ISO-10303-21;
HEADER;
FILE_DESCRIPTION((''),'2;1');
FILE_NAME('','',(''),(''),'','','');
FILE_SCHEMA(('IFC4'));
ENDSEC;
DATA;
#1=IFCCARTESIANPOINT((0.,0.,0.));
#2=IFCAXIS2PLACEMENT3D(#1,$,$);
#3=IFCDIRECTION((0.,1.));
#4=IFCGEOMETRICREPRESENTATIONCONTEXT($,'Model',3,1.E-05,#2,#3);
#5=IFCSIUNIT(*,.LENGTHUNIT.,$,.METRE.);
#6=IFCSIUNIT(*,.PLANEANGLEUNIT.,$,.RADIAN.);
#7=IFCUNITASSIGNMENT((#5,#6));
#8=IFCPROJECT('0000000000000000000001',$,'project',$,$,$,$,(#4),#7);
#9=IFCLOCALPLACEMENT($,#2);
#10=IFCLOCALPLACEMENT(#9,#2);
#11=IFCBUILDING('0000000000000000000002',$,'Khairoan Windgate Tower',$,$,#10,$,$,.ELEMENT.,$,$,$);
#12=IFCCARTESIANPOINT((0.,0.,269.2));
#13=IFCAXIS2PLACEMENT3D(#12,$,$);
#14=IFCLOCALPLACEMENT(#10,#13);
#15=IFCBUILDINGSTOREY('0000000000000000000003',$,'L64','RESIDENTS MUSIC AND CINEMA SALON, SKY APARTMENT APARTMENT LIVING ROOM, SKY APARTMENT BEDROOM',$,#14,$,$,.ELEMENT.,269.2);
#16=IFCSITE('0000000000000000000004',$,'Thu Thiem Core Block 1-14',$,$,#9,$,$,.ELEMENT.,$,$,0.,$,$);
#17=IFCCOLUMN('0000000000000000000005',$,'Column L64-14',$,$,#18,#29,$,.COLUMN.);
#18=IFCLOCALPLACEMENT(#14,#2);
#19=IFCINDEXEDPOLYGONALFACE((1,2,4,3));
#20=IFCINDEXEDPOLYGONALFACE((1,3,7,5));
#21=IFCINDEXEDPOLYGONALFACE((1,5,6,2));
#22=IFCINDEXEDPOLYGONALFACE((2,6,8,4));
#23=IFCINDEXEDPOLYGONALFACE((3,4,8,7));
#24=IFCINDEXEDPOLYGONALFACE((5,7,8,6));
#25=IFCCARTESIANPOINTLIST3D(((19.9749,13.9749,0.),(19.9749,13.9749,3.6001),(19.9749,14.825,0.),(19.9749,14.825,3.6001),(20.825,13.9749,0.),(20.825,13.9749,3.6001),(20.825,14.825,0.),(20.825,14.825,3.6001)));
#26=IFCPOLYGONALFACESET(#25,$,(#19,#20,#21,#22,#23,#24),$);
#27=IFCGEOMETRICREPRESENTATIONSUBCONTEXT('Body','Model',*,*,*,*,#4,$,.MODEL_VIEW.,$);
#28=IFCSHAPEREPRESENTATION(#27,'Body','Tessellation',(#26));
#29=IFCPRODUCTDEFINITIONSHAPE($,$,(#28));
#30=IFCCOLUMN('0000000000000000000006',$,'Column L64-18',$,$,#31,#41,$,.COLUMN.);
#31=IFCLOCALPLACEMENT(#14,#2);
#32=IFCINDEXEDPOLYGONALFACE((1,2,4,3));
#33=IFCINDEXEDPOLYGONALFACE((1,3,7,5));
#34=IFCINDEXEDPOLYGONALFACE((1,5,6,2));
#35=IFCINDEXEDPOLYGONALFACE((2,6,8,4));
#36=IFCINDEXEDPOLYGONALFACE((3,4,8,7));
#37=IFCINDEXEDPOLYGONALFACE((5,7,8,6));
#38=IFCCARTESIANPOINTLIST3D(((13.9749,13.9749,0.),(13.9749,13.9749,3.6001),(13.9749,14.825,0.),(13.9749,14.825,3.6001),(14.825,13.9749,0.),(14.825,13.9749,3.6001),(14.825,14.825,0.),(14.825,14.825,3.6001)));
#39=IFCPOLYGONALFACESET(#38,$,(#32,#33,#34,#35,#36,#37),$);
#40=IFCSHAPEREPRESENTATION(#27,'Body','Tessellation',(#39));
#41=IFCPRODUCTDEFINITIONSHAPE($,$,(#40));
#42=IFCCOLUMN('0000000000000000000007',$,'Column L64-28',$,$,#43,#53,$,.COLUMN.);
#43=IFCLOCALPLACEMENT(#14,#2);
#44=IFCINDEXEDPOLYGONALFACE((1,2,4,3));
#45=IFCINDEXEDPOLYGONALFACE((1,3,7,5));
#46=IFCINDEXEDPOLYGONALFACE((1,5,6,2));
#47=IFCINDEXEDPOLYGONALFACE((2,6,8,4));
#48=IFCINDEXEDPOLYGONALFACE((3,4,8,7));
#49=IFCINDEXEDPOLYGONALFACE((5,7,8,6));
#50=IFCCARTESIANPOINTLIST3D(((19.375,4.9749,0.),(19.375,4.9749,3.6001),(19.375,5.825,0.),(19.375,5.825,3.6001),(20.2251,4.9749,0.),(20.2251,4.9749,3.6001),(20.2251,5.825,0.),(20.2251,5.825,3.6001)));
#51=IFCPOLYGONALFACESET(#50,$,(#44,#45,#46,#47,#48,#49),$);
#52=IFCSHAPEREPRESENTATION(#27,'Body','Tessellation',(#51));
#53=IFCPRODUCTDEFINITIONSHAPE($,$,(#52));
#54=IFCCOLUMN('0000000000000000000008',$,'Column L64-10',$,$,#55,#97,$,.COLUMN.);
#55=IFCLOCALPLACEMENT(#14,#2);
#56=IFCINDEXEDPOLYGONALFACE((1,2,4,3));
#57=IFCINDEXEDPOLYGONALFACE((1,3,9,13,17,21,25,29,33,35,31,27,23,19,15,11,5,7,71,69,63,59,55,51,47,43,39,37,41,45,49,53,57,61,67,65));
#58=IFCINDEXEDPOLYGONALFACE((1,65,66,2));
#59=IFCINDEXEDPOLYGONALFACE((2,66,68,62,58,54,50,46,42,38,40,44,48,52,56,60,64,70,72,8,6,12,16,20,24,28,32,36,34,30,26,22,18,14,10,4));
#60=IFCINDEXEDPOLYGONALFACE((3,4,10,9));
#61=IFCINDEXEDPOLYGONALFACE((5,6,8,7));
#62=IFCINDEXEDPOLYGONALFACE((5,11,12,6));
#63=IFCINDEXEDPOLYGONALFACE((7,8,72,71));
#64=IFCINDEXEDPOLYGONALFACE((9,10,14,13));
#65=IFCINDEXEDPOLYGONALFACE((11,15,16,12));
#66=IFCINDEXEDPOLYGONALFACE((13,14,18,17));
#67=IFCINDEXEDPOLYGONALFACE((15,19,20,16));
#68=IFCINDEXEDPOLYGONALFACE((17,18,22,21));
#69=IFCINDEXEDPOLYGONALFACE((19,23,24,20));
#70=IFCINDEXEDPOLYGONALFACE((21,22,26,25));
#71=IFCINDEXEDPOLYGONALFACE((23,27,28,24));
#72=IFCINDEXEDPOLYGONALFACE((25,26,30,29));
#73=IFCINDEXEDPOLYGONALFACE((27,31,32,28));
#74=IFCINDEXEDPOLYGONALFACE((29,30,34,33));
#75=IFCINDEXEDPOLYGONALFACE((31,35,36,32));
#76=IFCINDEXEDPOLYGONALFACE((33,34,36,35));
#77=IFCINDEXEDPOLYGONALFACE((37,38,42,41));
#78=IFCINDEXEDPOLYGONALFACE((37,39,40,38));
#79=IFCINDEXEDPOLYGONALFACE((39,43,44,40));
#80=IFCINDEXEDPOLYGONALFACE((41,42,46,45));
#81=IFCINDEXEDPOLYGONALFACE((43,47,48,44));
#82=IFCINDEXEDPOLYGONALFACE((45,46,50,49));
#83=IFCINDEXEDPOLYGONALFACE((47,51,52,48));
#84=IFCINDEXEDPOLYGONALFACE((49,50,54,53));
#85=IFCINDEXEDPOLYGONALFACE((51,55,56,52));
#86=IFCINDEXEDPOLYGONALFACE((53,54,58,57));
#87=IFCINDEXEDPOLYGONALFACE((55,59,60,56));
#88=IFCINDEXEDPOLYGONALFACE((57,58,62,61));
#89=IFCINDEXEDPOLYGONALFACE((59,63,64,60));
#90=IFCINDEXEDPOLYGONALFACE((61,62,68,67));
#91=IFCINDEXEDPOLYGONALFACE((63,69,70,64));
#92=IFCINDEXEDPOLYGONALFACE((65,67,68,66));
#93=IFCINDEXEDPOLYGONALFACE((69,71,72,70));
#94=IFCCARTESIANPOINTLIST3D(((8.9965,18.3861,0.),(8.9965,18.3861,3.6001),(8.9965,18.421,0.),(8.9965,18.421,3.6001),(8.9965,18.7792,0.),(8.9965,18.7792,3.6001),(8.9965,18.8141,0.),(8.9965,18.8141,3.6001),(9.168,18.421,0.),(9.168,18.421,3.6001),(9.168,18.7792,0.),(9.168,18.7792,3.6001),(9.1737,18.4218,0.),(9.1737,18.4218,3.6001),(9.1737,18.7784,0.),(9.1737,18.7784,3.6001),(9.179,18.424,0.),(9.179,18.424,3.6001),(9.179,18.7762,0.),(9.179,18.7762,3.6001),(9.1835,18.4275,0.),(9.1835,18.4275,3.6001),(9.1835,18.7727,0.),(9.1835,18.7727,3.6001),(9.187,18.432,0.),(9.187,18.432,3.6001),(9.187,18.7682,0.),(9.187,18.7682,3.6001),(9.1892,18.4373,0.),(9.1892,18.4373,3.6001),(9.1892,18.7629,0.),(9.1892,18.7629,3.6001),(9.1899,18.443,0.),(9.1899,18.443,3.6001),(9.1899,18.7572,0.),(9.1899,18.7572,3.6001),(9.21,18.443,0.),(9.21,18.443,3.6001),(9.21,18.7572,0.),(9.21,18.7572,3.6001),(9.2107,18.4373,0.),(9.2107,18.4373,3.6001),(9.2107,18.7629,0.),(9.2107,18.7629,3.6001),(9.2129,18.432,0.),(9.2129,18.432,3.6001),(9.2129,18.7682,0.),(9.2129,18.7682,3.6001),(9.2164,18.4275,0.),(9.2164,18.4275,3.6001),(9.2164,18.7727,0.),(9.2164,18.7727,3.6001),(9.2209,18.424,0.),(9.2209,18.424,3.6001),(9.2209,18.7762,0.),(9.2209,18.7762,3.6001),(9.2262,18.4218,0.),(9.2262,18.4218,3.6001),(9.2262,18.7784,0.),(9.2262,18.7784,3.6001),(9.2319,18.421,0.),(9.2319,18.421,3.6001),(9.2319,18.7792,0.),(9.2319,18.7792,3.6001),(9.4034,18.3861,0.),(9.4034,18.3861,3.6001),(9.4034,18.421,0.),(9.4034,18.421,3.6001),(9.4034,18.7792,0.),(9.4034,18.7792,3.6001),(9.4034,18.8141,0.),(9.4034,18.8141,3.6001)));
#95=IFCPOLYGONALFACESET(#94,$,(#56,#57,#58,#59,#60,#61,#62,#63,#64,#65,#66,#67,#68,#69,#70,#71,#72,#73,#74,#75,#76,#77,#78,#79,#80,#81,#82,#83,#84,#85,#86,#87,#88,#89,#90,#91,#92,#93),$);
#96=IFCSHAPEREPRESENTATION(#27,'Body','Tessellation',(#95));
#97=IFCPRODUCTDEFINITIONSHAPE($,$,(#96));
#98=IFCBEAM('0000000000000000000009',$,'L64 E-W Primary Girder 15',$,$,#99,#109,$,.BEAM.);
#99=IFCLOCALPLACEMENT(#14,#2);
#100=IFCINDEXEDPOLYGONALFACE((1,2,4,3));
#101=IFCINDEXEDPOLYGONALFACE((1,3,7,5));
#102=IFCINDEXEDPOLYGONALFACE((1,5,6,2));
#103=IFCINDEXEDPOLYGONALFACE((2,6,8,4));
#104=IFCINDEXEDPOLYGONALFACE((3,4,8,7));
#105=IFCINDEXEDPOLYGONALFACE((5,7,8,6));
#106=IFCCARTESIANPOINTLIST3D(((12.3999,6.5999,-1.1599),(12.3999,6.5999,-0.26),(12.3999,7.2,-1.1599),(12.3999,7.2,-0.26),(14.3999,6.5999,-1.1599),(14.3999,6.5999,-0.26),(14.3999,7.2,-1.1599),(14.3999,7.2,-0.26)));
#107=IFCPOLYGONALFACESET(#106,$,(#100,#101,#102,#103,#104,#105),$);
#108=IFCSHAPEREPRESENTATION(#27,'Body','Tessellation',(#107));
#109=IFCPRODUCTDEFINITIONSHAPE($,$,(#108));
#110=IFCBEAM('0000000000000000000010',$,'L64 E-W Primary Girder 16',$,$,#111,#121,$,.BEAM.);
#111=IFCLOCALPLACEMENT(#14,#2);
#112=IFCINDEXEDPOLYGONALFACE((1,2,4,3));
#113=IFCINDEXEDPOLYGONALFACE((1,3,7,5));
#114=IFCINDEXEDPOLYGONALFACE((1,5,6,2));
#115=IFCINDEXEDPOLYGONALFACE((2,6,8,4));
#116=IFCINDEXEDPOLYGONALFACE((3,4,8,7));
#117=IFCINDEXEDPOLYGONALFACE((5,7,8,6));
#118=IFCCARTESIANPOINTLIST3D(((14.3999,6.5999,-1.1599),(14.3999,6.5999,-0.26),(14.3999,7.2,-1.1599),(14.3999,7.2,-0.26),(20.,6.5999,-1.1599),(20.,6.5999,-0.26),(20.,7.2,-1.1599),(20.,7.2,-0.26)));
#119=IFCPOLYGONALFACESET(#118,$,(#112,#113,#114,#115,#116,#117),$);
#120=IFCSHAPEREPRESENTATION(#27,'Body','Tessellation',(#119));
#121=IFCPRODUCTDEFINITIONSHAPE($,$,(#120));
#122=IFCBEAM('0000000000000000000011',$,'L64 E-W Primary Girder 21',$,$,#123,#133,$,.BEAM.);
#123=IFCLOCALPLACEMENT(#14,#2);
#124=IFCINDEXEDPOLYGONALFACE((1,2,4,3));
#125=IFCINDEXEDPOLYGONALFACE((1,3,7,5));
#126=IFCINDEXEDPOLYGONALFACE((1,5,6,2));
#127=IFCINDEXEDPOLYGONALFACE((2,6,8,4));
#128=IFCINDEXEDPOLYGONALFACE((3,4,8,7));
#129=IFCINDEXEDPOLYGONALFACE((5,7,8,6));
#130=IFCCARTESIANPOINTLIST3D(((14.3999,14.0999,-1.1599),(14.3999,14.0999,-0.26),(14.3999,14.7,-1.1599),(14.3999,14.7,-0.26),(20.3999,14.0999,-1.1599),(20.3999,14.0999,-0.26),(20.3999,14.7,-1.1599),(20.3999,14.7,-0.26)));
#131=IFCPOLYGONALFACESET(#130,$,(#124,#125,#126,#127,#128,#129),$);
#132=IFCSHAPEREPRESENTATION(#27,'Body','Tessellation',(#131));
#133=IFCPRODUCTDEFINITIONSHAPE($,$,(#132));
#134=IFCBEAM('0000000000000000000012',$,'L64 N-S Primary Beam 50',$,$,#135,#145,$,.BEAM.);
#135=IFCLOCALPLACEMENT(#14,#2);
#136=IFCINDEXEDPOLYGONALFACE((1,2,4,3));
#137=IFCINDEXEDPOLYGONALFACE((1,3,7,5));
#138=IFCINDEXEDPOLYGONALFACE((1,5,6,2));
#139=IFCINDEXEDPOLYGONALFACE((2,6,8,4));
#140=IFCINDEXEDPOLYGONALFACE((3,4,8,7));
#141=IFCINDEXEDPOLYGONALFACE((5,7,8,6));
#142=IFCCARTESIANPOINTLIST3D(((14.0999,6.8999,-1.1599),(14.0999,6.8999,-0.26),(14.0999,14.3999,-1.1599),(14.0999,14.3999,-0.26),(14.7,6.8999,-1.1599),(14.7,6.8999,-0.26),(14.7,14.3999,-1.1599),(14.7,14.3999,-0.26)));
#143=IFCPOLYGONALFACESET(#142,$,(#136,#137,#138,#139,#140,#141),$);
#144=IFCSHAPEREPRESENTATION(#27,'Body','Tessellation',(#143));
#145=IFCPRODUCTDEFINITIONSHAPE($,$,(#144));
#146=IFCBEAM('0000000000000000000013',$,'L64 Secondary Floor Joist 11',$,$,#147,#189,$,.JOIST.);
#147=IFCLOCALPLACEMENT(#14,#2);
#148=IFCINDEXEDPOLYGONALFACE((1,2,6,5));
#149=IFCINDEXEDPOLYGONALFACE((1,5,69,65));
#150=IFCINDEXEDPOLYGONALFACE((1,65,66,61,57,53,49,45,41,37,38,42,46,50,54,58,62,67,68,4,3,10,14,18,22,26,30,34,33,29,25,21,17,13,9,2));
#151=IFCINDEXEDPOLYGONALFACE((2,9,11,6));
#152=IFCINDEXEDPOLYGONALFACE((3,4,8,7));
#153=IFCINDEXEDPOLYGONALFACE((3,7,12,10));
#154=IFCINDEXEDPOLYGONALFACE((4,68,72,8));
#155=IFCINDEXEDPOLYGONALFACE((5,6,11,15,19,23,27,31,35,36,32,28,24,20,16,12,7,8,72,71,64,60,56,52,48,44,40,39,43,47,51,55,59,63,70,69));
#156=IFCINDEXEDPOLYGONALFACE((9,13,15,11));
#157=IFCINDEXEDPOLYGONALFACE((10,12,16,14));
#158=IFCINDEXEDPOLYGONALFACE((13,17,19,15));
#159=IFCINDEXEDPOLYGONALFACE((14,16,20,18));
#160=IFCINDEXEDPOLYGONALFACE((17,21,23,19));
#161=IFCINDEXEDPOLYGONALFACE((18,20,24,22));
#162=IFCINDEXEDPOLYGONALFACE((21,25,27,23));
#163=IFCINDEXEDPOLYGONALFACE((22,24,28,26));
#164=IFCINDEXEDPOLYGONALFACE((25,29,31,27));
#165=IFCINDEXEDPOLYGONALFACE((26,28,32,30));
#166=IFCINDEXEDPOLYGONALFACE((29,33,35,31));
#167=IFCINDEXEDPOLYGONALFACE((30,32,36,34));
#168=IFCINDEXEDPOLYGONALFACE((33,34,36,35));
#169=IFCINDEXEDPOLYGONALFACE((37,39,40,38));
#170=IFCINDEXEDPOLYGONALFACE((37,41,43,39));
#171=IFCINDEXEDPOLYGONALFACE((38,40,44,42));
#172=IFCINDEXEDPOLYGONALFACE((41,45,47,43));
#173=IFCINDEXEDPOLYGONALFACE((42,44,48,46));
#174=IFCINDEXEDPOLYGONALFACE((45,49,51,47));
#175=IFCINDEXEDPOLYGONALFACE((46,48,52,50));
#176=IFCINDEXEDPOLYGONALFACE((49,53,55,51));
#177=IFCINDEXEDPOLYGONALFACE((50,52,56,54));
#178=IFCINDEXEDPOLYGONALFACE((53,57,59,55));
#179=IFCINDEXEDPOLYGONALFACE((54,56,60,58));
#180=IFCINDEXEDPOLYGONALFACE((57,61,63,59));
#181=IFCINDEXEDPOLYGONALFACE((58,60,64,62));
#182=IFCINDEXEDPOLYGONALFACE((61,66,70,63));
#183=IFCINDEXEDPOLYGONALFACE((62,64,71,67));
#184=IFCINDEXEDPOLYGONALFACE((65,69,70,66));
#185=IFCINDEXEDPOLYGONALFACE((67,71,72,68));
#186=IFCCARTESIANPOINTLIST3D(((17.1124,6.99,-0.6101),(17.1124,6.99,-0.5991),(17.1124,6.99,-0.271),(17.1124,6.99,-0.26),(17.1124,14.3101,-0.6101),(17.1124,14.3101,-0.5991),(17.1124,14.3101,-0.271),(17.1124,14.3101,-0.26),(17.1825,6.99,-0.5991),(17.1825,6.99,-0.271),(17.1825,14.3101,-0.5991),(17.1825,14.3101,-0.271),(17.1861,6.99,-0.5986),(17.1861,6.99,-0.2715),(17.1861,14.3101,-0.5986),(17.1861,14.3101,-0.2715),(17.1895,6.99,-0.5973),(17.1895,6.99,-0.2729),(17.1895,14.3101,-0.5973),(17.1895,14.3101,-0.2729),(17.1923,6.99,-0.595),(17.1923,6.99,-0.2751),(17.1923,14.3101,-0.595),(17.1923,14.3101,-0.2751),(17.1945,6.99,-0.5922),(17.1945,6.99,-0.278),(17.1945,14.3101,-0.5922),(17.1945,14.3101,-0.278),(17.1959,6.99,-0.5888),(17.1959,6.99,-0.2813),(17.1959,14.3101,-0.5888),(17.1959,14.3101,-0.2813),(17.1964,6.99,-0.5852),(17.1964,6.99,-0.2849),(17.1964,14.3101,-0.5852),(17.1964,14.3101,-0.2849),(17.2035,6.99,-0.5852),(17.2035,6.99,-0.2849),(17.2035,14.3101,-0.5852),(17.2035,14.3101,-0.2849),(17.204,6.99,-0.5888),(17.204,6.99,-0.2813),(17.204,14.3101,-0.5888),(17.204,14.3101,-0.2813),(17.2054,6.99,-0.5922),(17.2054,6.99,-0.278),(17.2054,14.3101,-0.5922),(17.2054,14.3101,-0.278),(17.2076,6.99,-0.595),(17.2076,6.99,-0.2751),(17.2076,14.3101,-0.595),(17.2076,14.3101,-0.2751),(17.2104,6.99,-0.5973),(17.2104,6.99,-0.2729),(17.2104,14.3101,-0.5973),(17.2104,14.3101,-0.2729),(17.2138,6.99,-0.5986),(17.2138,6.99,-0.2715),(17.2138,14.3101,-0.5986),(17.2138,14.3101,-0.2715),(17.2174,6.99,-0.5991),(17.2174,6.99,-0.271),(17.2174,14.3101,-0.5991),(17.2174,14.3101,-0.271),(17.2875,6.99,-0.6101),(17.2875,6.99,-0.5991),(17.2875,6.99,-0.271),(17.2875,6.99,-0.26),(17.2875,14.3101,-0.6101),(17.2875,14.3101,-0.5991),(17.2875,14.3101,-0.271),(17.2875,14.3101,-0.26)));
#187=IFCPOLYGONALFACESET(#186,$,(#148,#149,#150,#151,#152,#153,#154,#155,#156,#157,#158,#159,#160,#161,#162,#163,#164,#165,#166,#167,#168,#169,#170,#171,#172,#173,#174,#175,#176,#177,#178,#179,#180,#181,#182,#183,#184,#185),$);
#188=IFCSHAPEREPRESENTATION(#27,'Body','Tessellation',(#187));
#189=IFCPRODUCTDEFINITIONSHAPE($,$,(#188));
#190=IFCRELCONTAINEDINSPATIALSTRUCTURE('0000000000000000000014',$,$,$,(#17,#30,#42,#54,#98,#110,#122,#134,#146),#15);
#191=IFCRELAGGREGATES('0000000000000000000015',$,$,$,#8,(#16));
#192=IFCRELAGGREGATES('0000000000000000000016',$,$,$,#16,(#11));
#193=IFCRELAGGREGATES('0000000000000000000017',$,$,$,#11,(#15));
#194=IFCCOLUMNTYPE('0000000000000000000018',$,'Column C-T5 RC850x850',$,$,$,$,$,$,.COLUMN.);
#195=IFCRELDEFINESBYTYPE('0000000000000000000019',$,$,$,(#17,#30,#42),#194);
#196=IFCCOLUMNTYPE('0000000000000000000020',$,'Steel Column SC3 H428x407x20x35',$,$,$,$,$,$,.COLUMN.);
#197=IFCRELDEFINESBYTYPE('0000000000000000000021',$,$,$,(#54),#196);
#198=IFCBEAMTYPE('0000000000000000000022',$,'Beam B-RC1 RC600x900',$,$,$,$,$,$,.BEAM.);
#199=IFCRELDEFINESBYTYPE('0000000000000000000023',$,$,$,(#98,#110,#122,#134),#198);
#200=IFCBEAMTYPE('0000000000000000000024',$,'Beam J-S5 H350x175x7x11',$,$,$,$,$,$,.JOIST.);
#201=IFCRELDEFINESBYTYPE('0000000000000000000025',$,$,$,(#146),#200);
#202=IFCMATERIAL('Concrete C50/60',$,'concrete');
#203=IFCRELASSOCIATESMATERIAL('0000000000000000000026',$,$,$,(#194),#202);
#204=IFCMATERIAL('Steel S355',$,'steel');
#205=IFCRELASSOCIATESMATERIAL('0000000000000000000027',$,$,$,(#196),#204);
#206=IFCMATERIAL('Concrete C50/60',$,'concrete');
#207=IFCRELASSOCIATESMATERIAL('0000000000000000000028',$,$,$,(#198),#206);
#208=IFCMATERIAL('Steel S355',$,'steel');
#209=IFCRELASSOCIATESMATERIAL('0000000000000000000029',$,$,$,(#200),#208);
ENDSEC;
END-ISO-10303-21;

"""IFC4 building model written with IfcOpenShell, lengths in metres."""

from ifc_helpers import new_model, si_unit, direction, frame, origin, origin_2d, place, context, subcontext, project, spatial, rectangle, i_section, extrude, material, material_profile, profile_set, type_object, element, save


model = new_model("IFC4")

# Units and contexts
model_context = context("Model", 3, precision=1e-05, world=origin(), true_north=direction((0.0, 1.0)))
body_context = subcontext(model_context, "Body", "Model", "MODEL_VIEW")
ifc_project = project(units=[si_unit("LENGTHUNIT", "METRE"), si_unit("PLANEANGLEUNIT", "RADIAN")], contexts=[model_context])

# Site, building, storey
site_placement = place(None, origin())
site = spatial("IfcSite", under=ifc_project, at=site_placement, Name="Thu Thiem Core Block 1-14", CompositionType="ELEMENT", RefElevation=0.0)
building_placement = place(site_placement, origin())
building = spatial("IfcBuilding", under=site, at=building_placement, Name="Khairoan Windgate Tower", CompositionType="ELEMENT")
storey_placement = place(building_placement, frame((0.0, 0.0, 269.2)))
storey = spatial("IfcBuildingStorey", under=building, at=storey_placement, Name="L64", Description="RESIDENTS MUSIC AND CINEMA SALON, SKY APARTMENT APARTMENT LIVING ROOM, SKY APARTMENT BEDROOM", CompositionType="ELEMENT", Elevation=269.2)

# Columns
ifc_material_1 = material(Name="Concrete C50/60", Category="concrete")
ifc_material_profile_1 = material_profile(ifc_material_1, rectangle(XDim=0.8501, YDim=0.8501, at=origin_2d()))
ifc_profile_set_1 = profile_set([ifc_material_profile_1], Name="Concrete C50/60")
column_type_1 = type_object("IfcColumnType", Name="Column C-T5 RC850x850", PredefinedType="COLUMN", material=ifc_profile_set_1)
for number, where, z_axis, x_axis, name in (
    (1, (20.3999, 14.3999, 0.0), (0.0, 0.0, 1.0), (1.0, 0.0, 0.0), "Column L64-14"),
    (2, (14.3999, 14.3999, 0.0), (0.0, 0.0, 1.0), (1.0, 0.0, 0.0), "Column L64-18"),
    (3, (19.8, 5.3999, 0.0), (0.0, 0.0, 1.0), (1.0, 0.0, 0.0), "Column L64-28"),
):
    element("IfcColumn", number, at=place(storey_placement, frame(where, z_axis=z_axis, x_axis=x_axis)), inside=storey, type_object=column_type_1, Name=name, PredefinedType="COLUMN", context=body_context, shape_type="SweptSolid", body=[
        extrude(rectangle(XDim=0.8501, YDim=0.8501, at=origin_2d()), origin(), (0.0, 0.0, 1.0), 3.6001),
    ])
ifc_material_2 = material(Name="Steel S355", Category="steel")
ifc_material_profile_2 = material_profile(ifc_material_2, i_section(OverallWidth=0.407, OverallDepth=0.428, WebThickness=0.02, FlangeThickness=0.0349, FilletRadius=0.022, at=origin_2d()))
ifc_profile_set_2 = profile_set([ifc_material_profile_2], Name="Steel S355")
column_type_2 = type_object("IfcColumnType", Name="Steel Column SC3 H428x407x20x35", PredefinedType="COLUMN", material=ifc_profile_set_2)
column_placement = place(storey_placement, frame((9.2, 18.6001, 0.0), z_axis=(0.0, 0.0, 1.0), x_axis=(1.0, 0.0, 0.0)))
element("IfcColumn", 4, at=column_placement, inside=storey, type_object=column_type_2, Name="Column L64-10", PredefinedType="COLUMN", context=body_context, shape_type="SweptSolid", body=[
    extrude(i_section(OverallWidth=0.407, OverallDepth=0.428, WebThickness=0.02, FlangeThickness=0.0349, FilletRadius=0.022, at=origin_2d()), origin(), (0.0, 0.0, 1.0), 3.6001),
])

# Beams
ifc_material_3 = material(Name="Concrete C50/60", Category="concrete")
ifc_material_profile_3 = material_profile(ifc_material_3, rectangle(XDim=0.6001, YDim=0.8999, at=origin_2d()))
ifc_profile_set_3 = profile_set([ifc_material_profile_3], Name="Concrete C50/60")
beam_type_1 = type_object("IfcBeamType", Name="Beam B-RC1 RC600x900", PredefinedType="BEAM", material=ifc_profile_set_3)
beam_1_placement = place(storey_placement, frame((12.3999, 6.8999, -0.71), z_axis=(1.0, 0.0, 0.0), x_axis=(0.0, 1.0, 0.0)))
element("IfcBeam", 5, at=beam_1_placement, inside=storey, type_object=beam_type_1, Name="L64 E-W Primary Girder 15", PredefinedType="BEAM", context=body_context, shape_type="SweptSolid", body=[
    extrude(rectangle(XDim=0.6001, YDim=0.8999, at=origin_2d()), origin(), (0.0, 0.0, 1.0), 2.0),
])
beam_2_placement = place(storey_placement, frame((14.3999, 6.8999, -0.71), z_axis=(1.0, 0.0, 0.0), x_axis=(0.0, 1.0, 0.0)))
element("IfcBeam", 6, at=beam_2_placement, inside=storey, type_object=beam_type_1, Name="L64 E-W Primary Girder 16", PredefinedType="BEAM", context=body_context, shape_type="SweptSolid", body=[
    extrude(rectangle(XDim=0.6001, YDim=0.8999, at=origin_2d()), origin(), (0.0, 0.0, 1.0), 5.6001),
])
beam_3_placement = place(storey_placement, frame((14.3999, 14.3999, -0.71), z_axis=(1.0, 0.0, 0.0), x_axis=(0.0, 1.0, 0.0)))
element("IfcBeam", 7, at=beam_3_placement, inside=storey, type_object=beam_type_1, Name="L64 E-W Primary Girder 21", PredefinedType="BEAM", context=body_context, shape_type="SweptSolid", body=[
    extrude(rectangle(XDim=0.6001, YDim=0.8999, at=origin_2d()), origin(), (0.0, 0.0, 1.0), 6.0),
])
beam_4_placement = place(storey_placement, frame((14.3999, 6.8999, -0.71), z_axis=(0.0, 1.0, 0.0), x_axis=(-1.0, 0.0, 0.0)))
element("IfcBeam", 8, at=beam_4_placement, inside=storey, type_object=beam_type_1, Name="L64 N-S Primary Beam 50", PredefinedType="BEAM", context=body_context, shape_type="SweptSolid", body=[
    extrude(rectangle(XDim=0.6001, YDim=0.8999, at=origin_2d()), origin(), (0.0, 0.0, 1.0), 7.5),
])
ifc_material_4 = material(Name="Steel S355", Category="steel")
ifc_material_profile_4 = material_profile(ifc_material_4, i_section(OverallWidth=0.175, OverallDepth=0.3501, WebThickness=0.0071, FlangeThickness=0.011, FilletRadius=0.0139, at=origin_2d()))
ifc_profile_set_4 = profile_set([ifc_material_profile_4], Name="Steel S355")
beam_type_2 = type_object("IfcBeamType", Name="Beam J-S5 H350x175x7x11", PredefinedType="JOIST", material=ifc_profile_set_4)
beam_5_placement = place(storey_placement, frame((17.2, 6.99, -0.4351), z_axis=(0.0, 1.0, 0.0), x_axis=(-1.0, 0.0, 0.0)))
element("IfcBeam", 9, at=beam_5_placement, inside=storey, type_object=beam_type_2, Name="L64 Secondary Floor Joist 11", PredefinedType="JOIST", context=body_context, shape_type="SweptSolid", body=[
    extrude(i_section(OverallWidth=0.175, OverallDepth=0.3501, WebThickness=0.0071, FlangeThickness=0.011, FilletRadius=0.0139, at=origin_2d()), origin(), (0.0, 0.0, 1.0), 7.3201),
])

save(model, "model.ifc")
